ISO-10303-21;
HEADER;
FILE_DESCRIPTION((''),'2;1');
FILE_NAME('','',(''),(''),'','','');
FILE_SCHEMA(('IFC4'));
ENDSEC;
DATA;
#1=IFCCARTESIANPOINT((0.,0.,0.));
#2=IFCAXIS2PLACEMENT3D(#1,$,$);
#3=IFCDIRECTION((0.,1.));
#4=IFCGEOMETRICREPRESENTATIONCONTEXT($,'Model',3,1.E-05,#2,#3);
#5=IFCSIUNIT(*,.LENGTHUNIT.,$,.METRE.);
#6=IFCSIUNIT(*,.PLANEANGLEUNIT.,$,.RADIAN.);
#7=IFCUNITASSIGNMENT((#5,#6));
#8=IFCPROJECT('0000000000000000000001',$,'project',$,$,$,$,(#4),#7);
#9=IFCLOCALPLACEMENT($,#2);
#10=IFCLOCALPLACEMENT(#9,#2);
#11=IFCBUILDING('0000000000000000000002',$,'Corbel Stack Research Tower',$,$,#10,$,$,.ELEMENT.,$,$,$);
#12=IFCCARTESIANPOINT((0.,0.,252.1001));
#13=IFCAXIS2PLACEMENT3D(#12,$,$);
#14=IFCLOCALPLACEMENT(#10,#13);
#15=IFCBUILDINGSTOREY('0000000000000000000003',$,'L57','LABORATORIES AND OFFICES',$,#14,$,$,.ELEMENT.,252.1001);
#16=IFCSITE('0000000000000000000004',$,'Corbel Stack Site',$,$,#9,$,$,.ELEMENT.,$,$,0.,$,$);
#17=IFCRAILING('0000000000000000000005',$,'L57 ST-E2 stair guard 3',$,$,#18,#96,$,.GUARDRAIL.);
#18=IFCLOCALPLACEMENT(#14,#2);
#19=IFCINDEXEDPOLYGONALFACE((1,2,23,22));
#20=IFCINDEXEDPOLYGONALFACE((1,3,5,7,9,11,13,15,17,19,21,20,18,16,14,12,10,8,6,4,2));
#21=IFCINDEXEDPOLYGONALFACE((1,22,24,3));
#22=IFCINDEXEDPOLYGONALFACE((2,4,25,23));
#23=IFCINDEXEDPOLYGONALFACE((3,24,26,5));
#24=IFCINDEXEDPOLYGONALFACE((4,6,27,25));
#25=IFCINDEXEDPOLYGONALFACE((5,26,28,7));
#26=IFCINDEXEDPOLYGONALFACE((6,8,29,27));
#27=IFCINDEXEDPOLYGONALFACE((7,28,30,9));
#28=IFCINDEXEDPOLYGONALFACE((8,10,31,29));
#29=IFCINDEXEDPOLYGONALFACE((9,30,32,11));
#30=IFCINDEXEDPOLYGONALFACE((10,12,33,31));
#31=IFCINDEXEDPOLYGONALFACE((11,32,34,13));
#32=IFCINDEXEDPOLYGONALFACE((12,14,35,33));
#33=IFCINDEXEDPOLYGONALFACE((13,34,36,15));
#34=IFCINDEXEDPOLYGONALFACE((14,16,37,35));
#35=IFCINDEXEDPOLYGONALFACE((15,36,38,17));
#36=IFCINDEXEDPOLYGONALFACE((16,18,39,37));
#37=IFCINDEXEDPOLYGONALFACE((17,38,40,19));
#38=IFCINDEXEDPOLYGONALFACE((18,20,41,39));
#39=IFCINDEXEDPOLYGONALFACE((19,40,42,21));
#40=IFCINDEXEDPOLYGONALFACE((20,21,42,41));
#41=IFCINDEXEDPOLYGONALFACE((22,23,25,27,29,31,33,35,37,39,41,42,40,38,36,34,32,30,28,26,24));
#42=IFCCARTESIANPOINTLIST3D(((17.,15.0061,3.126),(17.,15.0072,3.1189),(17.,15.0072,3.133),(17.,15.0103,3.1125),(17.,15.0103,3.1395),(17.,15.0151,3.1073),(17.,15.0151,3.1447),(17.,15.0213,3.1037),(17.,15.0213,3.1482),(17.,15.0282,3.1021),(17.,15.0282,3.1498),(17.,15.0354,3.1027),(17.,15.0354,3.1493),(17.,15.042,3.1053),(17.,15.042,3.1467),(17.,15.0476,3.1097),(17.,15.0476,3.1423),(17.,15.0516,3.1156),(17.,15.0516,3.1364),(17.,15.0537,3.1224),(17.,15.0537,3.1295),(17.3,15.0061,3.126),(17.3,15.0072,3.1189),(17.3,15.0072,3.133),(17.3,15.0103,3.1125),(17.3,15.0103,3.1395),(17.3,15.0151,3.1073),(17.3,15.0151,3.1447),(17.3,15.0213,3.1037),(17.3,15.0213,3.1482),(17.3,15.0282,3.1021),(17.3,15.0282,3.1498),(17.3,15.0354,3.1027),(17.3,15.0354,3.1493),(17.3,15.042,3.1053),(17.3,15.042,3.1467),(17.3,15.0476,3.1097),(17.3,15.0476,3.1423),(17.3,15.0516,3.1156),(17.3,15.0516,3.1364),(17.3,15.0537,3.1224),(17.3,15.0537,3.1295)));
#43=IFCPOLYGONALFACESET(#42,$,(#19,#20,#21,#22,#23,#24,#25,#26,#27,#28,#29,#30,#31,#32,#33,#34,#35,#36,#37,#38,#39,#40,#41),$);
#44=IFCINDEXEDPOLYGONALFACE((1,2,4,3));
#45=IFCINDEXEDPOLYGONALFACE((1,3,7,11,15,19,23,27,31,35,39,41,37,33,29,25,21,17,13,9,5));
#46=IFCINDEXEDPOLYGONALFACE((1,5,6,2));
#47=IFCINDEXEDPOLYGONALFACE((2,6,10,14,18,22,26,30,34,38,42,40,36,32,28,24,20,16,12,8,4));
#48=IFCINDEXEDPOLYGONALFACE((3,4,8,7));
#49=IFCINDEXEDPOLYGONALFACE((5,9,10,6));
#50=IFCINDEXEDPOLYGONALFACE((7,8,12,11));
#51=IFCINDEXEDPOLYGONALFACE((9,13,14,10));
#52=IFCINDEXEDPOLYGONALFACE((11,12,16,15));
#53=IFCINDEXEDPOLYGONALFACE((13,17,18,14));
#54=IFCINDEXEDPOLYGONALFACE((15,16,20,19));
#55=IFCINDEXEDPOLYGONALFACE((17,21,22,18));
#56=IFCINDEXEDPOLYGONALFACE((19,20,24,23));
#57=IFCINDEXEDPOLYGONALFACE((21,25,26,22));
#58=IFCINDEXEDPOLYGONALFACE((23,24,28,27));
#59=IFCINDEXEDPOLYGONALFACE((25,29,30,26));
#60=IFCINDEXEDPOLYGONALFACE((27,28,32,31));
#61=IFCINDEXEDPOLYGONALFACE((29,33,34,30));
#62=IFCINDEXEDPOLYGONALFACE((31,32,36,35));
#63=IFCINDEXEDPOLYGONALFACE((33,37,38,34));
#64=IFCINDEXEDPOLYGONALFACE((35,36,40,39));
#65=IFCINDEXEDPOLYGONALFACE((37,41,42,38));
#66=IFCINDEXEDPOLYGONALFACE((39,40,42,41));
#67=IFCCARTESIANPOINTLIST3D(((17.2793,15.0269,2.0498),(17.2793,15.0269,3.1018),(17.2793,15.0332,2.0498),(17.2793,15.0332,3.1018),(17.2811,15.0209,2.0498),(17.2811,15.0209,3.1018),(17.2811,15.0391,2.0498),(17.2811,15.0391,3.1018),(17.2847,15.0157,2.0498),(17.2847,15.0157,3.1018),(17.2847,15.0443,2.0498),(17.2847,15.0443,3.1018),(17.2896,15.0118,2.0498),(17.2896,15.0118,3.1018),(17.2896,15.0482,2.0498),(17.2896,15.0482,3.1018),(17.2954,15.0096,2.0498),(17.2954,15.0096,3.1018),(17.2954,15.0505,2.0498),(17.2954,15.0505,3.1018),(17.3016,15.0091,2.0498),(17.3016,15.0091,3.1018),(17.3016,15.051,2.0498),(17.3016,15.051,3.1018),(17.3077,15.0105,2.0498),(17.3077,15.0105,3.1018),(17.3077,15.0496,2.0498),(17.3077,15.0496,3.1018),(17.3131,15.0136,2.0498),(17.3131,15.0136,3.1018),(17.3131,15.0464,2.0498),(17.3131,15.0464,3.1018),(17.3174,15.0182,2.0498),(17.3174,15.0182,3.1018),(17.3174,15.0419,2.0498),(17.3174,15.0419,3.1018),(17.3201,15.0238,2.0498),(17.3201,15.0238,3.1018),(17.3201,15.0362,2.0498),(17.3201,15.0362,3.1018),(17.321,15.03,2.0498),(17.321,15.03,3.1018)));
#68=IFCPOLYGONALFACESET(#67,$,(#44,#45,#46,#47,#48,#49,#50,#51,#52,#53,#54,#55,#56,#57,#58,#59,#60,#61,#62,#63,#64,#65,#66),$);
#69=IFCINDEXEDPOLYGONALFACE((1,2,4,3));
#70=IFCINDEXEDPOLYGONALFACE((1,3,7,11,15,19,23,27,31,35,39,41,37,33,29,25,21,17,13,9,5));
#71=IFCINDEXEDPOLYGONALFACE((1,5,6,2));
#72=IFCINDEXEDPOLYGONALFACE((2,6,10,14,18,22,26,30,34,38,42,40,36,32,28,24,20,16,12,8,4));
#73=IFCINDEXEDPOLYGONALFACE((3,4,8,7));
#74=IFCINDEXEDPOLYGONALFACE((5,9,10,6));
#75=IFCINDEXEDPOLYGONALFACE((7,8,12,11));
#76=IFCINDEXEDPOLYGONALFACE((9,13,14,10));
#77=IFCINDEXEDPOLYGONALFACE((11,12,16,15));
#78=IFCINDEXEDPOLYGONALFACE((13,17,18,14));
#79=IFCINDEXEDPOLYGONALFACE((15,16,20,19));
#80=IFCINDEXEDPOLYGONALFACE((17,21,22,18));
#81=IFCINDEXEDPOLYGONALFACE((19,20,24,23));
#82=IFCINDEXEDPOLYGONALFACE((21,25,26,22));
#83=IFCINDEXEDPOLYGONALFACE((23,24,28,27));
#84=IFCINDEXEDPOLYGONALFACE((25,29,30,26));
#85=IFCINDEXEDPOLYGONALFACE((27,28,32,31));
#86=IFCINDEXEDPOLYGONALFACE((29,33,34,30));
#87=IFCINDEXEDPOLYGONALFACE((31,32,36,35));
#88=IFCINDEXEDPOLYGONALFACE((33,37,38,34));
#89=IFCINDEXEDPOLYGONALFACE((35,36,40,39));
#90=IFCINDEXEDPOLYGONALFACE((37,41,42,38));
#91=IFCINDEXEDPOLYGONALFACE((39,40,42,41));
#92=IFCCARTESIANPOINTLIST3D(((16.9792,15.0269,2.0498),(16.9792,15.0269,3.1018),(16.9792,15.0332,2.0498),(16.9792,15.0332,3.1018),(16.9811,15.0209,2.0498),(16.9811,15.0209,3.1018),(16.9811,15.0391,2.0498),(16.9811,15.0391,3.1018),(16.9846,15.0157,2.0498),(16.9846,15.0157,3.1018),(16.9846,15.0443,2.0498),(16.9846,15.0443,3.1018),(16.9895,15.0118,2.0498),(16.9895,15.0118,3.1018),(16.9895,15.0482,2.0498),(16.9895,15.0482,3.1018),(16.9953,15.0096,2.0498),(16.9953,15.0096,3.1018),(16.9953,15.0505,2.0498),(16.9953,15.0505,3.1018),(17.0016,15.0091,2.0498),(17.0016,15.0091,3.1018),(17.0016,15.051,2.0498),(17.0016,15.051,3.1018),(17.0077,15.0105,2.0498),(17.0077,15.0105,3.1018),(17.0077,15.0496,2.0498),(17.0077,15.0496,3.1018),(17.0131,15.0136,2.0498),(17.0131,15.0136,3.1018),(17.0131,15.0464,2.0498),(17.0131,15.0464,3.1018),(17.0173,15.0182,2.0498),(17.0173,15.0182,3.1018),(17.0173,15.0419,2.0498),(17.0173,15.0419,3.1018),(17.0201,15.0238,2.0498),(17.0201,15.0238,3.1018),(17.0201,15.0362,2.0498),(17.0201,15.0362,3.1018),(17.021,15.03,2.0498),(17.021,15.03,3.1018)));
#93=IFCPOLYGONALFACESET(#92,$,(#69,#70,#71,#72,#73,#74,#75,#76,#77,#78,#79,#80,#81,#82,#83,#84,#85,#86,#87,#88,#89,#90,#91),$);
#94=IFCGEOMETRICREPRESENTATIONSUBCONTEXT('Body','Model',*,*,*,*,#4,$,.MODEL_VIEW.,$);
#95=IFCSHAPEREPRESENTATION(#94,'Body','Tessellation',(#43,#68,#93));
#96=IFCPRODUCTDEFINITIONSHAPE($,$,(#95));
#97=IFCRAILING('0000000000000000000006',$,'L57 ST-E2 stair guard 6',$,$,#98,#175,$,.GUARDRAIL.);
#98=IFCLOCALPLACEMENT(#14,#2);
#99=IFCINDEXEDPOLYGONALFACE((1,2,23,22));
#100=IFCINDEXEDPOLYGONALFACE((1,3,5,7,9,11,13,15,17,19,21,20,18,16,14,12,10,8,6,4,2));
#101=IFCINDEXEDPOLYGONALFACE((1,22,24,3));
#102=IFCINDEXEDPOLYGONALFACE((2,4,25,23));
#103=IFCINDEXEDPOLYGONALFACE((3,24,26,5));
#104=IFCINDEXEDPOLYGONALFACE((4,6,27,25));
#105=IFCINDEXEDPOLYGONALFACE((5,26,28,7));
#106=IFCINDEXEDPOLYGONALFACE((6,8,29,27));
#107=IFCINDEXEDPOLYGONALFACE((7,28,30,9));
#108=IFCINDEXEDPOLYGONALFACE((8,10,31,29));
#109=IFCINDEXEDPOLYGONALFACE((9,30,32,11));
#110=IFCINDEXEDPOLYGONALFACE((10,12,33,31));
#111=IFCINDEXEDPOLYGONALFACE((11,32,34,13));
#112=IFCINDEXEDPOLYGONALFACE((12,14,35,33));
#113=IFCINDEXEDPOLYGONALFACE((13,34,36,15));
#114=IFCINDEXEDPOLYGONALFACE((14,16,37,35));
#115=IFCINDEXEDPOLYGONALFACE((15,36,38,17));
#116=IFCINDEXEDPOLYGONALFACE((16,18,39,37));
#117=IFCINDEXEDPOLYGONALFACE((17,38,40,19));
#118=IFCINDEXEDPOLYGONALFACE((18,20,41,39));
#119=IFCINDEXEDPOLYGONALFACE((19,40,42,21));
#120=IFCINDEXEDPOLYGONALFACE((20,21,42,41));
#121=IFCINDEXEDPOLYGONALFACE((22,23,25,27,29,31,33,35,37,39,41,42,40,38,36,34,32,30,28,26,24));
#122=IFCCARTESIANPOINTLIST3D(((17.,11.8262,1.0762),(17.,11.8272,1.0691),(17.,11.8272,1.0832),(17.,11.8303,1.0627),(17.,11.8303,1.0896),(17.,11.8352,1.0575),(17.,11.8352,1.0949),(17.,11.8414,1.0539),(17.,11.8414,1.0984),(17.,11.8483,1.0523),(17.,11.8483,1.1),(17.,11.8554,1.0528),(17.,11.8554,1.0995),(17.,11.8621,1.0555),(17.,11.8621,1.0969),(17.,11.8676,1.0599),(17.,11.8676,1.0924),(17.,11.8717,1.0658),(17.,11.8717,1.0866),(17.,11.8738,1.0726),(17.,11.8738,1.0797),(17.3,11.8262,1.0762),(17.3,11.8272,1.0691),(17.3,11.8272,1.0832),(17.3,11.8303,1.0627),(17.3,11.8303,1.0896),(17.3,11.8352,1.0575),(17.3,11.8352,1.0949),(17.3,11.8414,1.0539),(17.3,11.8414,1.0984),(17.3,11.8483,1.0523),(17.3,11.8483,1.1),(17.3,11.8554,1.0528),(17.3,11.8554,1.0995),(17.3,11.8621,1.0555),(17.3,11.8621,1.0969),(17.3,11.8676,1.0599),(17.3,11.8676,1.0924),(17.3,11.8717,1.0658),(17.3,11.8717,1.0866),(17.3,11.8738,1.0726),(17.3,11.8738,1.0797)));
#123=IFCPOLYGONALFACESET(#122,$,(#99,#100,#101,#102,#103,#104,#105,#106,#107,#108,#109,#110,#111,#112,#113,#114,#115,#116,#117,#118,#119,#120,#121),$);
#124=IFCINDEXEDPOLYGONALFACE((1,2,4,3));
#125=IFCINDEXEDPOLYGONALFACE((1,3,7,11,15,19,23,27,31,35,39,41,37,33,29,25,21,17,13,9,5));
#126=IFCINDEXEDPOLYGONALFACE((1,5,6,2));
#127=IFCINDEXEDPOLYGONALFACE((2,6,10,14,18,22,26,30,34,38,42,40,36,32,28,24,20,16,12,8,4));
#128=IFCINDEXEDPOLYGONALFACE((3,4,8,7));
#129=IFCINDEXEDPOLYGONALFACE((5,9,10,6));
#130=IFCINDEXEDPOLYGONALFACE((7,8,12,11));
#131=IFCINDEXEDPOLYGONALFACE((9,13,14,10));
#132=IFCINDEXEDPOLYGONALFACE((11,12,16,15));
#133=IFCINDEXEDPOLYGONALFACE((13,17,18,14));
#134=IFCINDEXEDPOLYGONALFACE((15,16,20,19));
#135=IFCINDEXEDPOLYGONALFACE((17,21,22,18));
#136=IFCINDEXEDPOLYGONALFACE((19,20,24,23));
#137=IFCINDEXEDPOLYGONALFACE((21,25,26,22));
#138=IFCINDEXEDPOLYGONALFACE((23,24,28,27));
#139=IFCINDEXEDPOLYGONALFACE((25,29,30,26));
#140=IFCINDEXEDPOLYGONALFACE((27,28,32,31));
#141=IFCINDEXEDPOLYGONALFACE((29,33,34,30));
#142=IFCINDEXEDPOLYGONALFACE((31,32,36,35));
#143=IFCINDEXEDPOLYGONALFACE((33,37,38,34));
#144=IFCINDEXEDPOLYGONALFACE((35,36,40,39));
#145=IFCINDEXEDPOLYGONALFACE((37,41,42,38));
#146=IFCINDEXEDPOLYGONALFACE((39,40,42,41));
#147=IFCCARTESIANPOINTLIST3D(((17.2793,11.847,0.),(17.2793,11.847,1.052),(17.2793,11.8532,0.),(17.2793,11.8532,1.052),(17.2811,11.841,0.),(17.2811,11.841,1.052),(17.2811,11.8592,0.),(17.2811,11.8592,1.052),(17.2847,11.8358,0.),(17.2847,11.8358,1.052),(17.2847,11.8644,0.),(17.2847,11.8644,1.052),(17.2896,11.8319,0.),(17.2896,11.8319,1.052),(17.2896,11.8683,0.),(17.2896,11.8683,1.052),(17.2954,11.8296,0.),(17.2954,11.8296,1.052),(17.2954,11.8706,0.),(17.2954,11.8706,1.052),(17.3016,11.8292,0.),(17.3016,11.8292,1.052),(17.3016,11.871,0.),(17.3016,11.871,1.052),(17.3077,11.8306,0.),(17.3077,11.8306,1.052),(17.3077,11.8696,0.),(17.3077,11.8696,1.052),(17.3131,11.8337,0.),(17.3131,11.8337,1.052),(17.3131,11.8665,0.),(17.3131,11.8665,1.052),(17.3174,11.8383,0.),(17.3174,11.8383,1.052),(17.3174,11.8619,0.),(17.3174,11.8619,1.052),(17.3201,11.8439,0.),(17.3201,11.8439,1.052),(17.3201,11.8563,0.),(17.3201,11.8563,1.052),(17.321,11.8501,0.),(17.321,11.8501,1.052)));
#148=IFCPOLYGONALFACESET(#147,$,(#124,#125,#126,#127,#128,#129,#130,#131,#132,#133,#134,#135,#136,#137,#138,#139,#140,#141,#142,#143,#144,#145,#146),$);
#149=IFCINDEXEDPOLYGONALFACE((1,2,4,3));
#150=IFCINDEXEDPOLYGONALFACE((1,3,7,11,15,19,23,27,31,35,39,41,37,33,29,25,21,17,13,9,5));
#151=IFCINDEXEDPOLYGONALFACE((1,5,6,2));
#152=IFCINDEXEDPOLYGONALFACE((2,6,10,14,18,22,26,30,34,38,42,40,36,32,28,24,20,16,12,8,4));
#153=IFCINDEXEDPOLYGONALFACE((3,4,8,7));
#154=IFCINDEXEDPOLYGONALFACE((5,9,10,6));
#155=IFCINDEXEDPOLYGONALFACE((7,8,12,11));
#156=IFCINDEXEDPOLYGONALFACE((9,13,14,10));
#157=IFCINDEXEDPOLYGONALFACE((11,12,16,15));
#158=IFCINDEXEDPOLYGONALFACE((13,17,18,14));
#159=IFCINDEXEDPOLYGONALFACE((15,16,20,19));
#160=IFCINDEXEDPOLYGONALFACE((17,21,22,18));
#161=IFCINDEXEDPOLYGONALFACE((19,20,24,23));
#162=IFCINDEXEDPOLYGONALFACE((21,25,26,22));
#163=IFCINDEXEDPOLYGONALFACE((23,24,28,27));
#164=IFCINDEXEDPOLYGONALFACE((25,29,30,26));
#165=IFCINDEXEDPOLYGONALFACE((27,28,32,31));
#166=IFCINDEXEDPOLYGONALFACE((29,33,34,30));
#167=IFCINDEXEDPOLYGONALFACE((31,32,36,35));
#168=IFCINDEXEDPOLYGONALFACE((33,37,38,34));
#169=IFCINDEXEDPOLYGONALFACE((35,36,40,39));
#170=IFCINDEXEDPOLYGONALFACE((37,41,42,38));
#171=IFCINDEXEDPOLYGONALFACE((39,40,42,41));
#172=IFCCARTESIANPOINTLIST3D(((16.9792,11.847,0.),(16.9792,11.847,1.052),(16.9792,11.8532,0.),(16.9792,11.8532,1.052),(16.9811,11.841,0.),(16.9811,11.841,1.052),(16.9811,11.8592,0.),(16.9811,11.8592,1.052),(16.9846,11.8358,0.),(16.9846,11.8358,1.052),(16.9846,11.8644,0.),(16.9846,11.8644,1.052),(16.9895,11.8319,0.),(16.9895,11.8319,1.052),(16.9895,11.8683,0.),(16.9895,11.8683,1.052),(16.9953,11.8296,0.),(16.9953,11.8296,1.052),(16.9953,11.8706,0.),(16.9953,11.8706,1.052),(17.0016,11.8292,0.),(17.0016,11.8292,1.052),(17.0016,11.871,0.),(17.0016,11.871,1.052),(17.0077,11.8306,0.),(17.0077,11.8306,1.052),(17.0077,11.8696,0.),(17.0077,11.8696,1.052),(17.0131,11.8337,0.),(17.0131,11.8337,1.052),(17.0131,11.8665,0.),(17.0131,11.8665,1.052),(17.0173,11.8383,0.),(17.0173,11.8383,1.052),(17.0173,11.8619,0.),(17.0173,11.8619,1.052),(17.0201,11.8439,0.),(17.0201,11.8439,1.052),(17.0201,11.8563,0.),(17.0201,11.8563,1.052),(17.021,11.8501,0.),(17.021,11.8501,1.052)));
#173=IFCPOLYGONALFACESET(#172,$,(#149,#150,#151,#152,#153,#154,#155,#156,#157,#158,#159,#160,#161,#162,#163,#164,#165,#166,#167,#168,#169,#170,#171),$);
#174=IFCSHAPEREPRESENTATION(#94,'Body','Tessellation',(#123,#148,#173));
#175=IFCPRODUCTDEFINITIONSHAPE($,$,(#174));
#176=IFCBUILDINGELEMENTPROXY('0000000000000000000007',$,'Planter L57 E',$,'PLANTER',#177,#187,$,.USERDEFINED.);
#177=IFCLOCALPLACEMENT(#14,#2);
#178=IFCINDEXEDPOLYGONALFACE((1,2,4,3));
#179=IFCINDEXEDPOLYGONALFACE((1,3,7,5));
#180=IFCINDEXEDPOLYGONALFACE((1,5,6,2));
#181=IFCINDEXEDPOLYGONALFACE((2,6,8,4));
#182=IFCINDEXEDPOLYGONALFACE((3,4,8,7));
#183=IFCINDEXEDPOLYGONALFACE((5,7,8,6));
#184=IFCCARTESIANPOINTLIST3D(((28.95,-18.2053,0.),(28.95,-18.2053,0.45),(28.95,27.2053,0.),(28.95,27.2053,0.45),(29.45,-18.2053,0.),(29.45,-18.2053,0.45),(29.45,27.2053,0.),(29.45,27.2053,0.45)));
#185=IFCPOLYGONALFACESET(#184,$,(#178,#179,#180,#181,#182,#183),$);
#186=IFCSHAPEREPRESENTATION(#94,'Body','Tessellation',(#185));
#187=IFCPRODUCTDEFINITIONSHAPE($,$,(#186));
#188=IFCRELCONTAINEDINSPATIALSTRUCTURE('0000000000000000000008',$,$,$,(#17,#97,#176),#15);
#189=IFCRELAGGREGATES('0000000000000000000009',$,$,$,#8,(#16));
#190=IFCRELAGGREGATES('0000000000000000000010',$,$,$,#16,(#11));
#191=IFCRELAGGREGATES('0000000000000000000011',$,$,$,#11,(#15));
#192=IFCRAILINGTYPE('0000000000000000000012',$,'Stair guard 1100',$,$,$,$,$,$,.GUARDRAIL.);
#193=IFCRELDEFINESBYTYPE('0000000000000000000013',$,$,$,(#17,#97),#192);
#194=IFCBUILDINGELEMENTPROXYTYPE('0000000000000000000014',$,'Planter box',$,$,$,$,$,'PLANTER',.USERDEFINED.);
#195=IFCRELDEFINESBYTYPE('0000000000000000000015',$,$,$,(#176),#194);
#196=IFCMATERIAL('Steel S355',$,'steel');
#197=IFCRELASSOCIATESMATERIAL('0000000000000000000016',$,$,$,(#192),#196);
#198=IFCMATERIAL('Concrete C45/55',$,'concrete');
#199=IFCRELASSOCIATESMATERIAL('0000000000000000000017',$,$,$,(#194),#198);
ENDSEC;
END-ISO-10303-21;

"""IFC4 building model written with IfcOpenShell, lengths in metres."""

from ifc_helpers import new_model, si_unit, direction, frame, origin, origin_2d, place, context, subcontext, project, spatial, rectangle, circle, extrude, material, type_object, element, save


model = new_model("IFC4")

# Units and contexts
model_context = context("Model", 3, precision=1e-05, world=origin(), true_north=direction((0.0, 1.0)))
body_context = subcontext(model_context, "Body", "Model", "MODEL_VIEW")
ifc_project = project(units=[si_unit("LENGTHUNIT", "METRE"), si_unit("PLANEANGLEUNIT", "RADIAN")], contexts=[model_context])

# Site, building, storey
site_placement = place(None, origin())
site = spatial("IfcSite", under=ifc_project, at=site_placement, Name="Corbel Stack Site", CompositionType="ELEMENT", RefElevation=0.0)
building_placement = place(site_placement, origin())
building = spatial("IfcBuilding", under=site, at=building_placement, Name="Corbel Stack Research Tower", CompositionType="ELEMENT")
storey_placement = place(building_placement, frame((0.0, 0.0, 252.1001)))
storey = spatial("IfcBuildingStorey", under=building, at=storey_placement, Name="L57", Description="LABORATORIES AND OFFICES", CompositionType="ELEMENT", Elevation=252.1001)

# Railings
ifc_material_1 = material(Name="Steel S355", Category="steel")
railing_type = type_object("IfcRailingType", Name="Stair guard 1100", PredefinedType="GUARDRAIL", material=ifc_material_1)
for number, where, name in (
    (1, (17.3, 15.03, 2.0498), "L57 ST-E2 stair guard 3"),
    (2, (17.3, 11.8501, 0.0), "L57 ST-E2 stair guard 6"),
):
    element("IfcRailing", number, at=place(storey_placement, frame(where)), inside=storey, type_object=railing_type, Name=name, PredefinedType="GUARDRAIL", context=body_context, shape_type="SweptSolid", body=[
        extrude(circle(Radius=0.0239, at=origin_2d()), frame((0.0, 0.0, 1.0762), z_axis=(-1.0, 0.0, 0.0), x_axis=(0.0, -1.0, 0.0)), (0.0, 0.0, 1.0), 0.3),
        extrude(circle(Radius=0.021, at=origin_2d()), origin(), (0.0, 0.0, 1.0), 1.052),
        extrude(circle(Radius=0.021, at=origin_2d()), frame((-0.3, 0.0, 0.0)), (0.0, 0.0, 1.0), 1.052),
    ])

# Building element proxy
ifc_material_2 = material(Name="Concrete C45/55", Category="concrete")
building_element_proxy_type = type_object("IfcBuildingElementProxyType", Name="Planter box", ElementType="PLANTER", PredefinedType="USERDEFINED", material=ifc_material_2)
proxy_placement = place(storey_placement, frame((29.2, 4.5, 0.0), z_axis=(0.0, 0.0, 1.0), x_axis=(0.0, 1.0, 0.0)))
element("IfcBuildingElementProxy", 3, at=proxy_placement, inside=storey, type_object=building_element_proxy_type, Name="Planter L57 E", ObjectType="PLANTER", PredefinedType="USERDEFINED", context=body_context, shape_type="SweptSolid", body=[
    extrude(rectangle(XDim=45.4106, YDim=0.5, at=origin_2d()), origin(), (0.0, 0.0, 1.0), 0.45),
])

save(model, "model.ifc")
